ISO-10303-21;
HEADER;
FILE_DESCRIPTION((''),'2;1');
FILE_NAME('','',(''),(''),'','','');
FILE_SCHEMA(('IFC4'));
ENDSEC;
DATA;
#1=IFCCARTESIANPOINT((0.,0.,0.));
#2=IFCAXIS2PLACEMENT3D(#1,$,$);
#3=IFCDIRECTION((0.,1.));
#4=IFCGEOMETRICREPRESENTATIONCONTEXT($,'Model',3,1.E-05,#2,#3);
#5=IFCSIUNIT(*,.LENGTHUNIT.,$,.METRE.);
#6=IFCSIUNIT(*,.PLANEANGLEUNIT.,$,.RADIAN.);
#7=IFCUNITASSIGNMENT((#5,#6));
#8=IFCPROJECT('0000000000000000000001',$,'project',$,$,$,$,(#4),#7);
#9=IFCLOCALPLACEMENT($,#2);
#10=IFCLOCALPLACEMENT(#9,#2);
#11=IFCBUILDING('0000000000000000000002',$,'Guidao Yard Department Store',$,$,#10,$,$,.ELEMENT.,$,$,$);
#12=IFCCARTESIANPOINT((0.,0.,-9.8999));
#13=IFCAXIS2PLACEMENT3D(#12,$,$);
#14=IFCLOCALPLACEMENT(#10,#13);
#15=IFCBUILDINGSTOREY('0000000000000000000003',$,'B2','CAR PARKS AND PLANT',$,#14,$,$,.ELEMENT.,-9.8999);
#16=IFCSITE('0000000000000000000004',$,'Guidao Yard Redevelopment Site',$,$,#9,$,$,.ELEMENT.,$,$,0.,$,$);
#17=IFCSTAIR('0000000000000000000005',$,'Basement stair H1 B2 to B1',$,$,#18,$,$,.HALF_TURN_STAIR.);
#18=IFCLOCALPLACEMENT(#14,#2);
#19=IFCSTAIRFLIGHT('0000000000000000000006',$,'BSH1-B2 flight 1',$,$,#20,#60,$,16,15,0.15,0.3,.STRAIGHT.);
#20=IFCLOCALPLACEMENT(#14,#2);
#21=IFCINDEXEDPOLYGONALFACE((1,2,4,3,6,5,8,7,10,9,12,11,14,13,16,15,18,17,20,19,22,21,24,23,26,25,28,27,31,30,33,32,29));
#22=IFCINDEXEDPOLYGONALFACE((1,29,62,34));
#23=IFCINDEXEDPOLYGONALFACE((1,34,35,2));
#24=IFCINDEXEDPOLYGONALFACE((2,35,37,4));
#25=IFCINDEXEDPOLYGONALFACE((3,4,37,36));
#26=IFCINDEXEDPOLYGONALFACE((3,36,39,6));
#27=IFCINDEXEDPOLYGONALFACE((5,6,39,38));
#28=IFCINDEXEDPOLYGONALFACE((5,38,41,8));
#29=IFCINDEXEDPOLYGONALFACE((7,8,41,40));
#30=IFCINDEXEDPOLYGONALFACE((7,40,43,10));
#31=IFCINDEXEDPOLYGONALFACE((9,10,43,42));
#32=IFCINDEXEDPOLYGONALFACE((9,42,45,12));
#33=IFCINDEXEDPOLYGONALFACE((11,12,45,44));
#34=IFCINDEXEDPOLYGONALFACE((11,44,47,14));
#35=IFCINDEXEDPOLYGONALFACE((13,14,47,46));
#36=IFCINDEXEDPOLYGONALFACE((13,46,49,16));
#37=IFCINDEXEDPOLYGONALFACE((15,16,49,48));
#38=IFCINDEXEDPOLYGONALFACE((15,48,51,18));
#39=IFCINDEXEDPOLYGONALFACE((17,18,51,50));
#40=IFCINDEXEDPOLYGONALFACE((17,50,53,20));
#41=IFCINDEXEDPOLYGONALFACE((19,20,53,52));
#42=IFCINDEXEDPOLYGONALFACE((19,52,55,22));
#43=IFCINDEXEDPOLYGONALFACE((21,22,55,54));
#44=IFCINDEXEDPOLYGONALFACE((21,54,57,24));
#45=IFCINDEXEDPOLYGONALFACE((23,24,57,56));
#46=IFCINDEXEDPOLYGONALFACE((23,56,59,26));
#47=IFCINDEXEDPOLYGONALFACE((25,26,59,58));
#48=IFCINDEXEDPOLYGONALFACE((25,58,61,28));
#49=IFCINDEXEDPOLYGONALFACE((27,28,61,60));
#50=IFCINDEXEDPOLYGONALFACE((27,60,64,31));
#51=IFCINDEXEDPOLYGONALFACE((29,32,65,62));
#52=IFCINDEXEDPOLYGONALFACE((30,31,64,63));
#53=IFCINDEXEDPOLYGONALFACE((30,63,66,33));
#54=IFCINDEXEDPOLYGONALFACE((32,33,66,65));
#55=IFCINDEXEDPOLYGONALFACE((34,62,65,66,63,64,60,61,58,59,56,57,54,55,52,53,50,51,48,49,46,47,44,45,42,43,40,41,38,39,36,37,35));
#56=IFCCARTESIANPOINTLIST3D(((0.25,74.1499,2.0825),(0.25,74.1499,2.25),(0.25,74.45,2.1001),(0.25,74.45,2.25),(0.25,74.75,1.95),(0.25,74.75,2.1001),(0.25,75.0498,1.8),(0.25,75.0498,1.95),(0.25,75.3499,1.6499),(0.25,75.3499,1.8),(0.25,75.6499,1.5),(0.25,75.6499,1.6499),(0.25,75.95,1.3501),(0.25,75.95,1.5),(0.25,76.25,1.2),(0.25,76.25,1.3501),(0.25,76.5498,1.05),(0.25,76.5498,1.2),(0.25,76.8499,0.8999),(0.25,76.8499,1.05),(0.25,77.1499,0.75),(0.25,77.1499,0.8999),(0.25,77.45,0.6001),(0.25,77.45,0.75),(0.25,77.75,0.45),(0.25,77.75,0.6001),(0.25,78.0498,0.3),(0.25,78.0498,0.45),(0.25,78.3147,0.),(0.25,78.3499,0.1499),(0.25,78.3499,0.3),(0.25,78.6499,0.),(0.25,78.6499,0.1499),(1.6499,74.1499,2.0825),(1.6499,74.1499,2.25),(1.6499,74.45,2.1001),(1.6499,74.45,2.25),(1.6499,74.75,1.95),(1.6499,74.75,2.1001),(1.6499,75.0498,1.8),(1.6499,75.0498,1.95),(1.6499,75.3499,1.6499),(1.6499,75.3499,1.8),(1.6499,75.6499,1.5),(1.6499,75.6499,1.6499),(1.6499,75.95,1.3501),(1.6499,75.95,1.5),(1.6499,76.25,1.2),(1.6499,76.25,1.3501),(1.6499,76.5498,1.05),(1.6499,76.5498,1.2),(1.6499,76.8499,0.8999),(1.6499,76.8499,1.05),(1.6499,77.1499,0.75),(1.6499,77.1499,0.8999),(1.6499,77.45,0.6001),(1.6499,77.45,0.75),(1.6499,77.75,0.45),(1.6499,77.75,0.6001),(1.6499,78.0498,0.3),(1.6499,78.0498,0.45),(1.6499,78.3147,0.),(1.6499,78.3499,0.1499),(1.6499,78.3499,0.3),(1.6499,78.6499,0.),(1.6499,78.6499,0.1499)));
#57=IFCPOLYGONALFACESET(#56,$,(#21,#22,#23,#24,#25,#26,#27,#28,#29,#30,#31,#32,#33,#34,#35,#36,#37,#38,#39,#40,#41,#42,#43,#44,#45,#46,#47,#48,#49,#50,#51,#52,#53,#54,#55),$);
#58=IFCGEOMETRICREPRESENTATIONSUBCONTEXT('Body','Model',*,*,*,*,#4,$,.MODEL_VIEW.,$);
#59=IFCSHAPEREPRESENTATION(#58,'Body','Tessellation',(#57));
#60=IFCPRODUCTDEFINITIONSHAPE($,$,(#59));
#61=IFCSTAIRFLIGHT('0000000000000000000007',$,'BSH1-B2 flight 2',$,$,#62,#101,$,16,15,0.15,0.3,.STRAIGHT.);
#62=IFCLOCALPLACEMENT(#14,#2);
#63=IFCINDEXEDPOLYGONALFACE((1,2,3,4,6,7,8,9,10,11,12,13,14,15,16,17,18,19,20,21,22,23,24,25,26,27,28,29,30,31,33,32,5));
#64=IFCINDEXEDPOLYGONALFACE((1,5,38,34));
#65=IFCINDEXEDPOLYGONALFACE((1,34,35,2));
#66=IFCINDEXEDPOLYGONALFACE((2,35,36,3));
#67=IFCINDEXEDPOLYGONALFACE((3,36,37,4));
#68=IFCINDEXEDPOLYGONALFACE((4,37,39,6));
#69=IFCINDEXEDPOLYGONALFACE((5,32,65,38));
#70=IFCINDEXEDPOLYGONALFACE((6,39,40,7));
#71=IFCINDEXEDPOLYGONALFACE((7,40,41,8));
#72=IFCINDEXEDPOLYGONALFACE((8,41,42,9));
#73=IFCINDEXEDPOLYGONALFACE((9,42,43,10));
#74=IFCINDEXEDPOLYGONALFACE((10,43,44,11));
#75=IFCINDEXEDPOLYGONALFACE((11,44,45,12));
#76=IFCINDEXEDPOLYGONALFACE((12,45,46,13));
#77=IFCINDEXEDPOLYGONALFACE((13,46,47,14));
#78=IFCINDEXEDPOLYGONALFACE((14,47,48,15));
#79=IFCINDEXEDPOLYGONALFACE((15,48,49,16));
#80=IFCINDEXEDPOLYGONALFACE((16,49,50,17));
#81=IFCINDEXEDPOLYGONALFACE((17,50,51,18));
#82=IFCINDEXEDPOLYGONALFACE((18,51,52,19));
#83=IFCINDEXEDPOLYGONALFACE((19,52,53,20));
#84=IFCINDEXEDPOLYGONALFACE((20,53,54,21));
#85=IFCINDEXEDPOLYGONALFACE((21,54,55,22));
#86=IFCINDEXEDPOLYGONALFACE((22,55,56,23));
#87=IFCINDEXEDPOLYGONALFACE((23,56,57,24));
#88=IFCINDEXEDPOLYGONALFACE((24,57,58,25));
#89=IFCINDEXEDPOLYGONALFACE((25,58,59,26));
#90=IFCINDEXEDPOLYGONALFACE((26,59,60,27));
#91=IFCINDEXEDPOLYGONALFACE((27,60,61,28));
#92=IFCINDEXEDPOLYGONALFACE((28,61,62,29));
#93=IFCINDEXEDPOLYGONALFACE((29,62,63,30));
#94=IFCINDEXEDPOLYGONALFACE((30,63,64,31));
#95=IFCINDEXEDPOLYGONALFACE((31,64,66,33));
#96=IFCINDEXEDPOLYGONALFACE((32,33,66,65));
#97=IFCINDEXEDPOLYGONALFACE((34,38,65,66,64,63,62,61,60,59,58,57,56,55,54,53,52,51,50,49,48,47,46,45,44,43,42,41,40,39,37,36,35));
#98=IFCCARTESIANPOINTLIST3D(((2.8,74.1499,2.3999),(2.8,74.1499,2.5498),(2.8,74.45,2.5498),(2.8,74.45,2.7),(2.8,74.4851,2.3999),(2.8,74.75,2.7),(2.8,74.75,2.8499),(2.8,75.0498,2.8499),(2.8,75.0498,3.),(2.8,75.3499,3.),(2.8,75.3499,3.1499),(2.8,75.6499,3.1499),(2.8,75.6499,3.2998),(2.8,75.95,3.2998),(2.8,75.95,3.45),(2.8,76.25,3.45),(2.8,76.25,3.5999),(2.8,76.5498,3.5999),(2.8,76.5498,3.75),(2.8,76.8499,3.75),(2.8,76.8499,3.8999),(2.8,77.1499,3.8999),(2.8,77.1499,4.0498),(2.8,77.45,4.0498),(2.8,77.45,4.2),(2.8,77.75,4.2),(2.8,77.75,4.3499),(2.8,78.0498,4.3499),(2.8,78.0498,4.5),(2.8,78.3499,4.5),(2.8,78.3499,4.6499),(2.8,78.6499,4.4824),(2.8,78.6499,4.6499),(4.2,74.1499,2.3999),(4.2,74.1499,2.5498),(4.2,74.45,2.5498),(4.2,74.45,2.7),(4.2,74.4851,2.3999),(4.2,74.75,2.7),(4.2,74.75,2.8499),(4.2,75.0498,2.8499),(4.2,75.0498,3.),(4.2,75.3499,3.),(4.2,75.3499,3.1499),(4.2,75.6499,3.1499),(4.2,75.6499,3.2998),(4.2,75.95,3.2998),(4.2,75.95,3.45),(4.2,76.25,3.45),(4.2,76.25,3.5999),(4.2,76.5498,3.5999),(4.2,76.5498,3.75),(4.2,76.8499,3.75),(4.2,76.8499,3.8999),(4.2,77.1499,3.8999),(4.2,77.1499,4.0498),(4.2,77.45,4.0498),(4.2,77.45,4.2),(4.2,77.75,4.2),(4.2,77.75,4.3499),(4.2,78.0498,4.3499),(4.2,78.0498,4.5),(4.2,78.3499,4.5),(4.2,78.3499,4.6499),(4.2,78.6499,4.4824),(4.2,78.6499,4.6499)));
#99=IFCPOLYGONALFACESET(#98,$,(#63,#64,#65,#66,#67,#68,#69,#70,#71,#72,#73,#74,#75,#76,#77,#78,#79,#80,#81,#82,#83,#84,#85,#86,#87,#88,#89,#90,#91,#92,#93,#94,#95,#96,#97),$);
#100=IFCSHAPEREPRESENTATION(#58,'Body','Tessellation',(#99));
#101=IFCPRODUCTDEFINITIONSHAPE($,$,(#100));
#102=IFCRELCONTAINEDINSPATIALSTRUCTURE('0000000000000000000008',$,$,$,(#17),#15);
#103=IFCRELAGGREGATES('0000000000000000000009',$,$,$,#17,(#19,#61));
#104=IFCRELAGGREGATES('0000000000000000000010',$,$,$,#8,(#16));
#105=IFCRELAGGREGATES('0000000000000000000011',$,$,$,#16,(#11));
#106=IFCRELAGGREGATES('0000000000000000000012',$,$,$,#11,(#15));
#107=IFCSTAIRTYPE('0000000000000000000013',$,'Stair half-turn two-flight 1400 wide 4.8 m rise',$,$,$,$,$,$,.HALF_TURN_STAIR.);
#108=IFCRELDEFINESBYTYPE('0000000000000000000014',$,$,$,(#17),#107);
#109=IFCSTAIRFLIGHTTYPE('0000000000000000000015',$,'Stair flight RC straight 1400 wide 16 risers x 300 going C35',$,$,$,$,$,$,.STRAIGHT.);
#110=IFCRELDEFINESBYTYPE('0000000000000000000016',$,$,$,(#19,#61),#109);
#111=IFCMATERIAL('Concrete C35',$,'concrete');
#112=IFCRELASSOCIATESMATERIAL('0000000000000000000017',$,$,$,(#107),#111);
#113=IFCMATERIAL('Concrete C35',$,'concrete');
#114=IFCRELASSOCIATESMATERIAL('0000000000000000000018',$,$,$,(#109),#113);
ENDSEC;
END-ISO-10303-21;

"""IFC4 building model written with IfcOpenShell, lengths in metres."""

from ifc_helpers import new_model, si_unit, direction, frame, origin, place, context, subcontext, project, spatial, polyline, outline, extrude, material, type_object, element, aggregate, save


model = new_model("IFC4")

# Units and contexts
model_context = context("Model", 3, precision=1e-05, world=origin(), true_north=direction((0.0, 1.0)))
body_context = subcontext(model_context, "Body", "Model", "MODEL_VIEW")
ifc_project = project(units=[si_unit("LENGTHUNIT", "METRE"), si_unit("PLANEANGLEUNIT", "RADIAN")], contexts=[model_context])

# Site, building, storey
site_placement = place(None, origin())
site = spatial("IfcSite", under=ifc_project, at=site_placement, Name="Guidao Yard Redevelopment Site", CompositionType="ELEMENT", RefElevation=0.0)
building_placement = place(site_placement, origin())
building = spatial("IfcBuilding", under=site, at=building_placement, Name="Guidao Yard Department Store", CompositionType="ELEMENT")
storey_placement = place(building_placement, frame((0.0, 0.0, -9.8999)))
storey = spatial("IfcBuildingStorey", under=building, at=storey_placement, Name="B2", Description="CAR PARKS AND PLANT", CompositionType="ELEMENT", Elevation=-9.8999)

# Stair, stair flights
ifc_material_1 = material(Name="Concrete C35", Category="concrete")
stair_type = type_object("IfcStairType", Name="Stair half-turn two-flight 1400 wide 4.8 m rise", PredefinedType="HALF_TURN_STAIR", material=ifc_material_1)
stair_placement = place(storey_placement, origin())
stair = element("IfcStair", 1, at=stair_placement, inside=storey, type_object=stair_type, Name="Basement stair H1 B2 to B1", PredefinedType="HALF_TURN_STAIR")
ifc_material_2 = material(Name="Concrete C35", Category="concrete")
stair_flight_type = type_object("IfcStairFlightType", Name="Stair flight RC straight 1400 wide 16 risers x 300 going C35", PredefinedType="STRAIGHT", material=ifc_material_2)
stair_flight_1_placement = place(storey_placement, frame((0.95, 78.6499, 0.0), z_axis=(0.0, 0.0, 1.0), x_axis=(0.0, -1.0, 0.0)))
stair_flight_1 = element("IfcStairFlight", 2, at=stair_flight_1_placement, type_object=stair_flight_type, Name="BSH1-B2 flight 1", NumberOfRisers=16, NumberOfTreads=15, PredefinedType="STRAIGHT", RiserHeight=0.15, TreadLength=0.3, context=body_context, shape_type="SweptSolid", body=[
    extrude(outline(polyline([(0.0, 0.0), (0.0, 0.1499), (0.3, 0.1499), (0.3, 0.3), (0.6001, 0.3), (0.6001, 0.45), (0.8999, 0.45), (0.8999, 0.6001), (1.2, 0.6001), (1.2, 0.75), (1.5, 0.75), (1.5, 0.8999), (1.8, 0.8999), (1.8, 1.05), (2.1001, 1.05), (2.1001, 1.2), (2.3999, 1.2), (2.3999, 1.3501), (2.7, 1.3501), (2.7, 1.5), (3.0, 1.5), (3.0, 1.6499), (3.3, 1.6499), (3.3, 1.8), (3.6001, 1.8), (3.6001, 1.95), (3.8999, 1.95), (3.8999, 2.1001), (4.2, 2.1001), (4.2, 2.25), (4.5, 2.25), (4.5, 2.3999), (4.5, 2.0825), (0.3352, 0.0), (0.0, 0.0)])), frame((0.0, 0.7, 0.0), z_axis=(0.0, -1.0, 0.0), x_axis=(1.0, 0.0, 0.0)), (0.0, 0.0, 1.0), 1.3999),
])
stair_flight_2_placement = place(storey_placement, frame((3.5, 74.1499, 2.3999), z_axis=(0.0, 0.0, 1.0), x_axis=(0.0, 1.0, 0.0)))
stair_flight_2 = element("IfcStairFlight", 3, at=stair_flight_2_placement, type_object=stair_flight_type, Name="BSH1-B2 flight 2", NumberOfRisers=16, NumberOfTreads=15, PredefinedType="STRAIGHT", RiserHeight=0.15, TreadLength=0.3, context=body_context, shape_type="SweptSolid", body=[
    extrude(outline(polyline([(0.0, 0.0), (0.0, 0.1499), (0.3, 0.1499), (0.3, 0.3), (0.6001, 0.3), (0.6001, 0.45), (0.8999, 0.45), (0.8999, 0.6001), (1.2, 0.6001), (1.2, 0.75), (1.5, 0.75), (1.5, 0.8999), (1.8, 0.8999), (1.8, 1.05), (2.1001, 1.05), (2.1001, 1.2), (2.3999, 1.2), (2.3999, 1.3501), (2.7, 1.3501), (2.7, 1.5), (3.0, 1.5), (3.0, 1.6499), (3.3, 1.6499), (3.3, 1.8), (3.6001, 1.8), (3.6001, 1.95), (3.8999, 1.95), (3.8999, 2.1001), (4.2, 2.1001), (4.2, 2.25), (4.5, 2.25), (4.5, 2.3999), (4.5, 2.0825), (0.3352, 0.0), (0.0, 0.0)])), frame((0.0, 0.7, 0.0), z_axis=(0.0, -1.0, 0.0), x_axis=(1.0, 0.0, 0.0)), (0.0, 0.0, 1.0), 1.3999),
])
aggregate(stair, [stair_flight_1, stair_flight_2])

save(model, "model.ifc")
